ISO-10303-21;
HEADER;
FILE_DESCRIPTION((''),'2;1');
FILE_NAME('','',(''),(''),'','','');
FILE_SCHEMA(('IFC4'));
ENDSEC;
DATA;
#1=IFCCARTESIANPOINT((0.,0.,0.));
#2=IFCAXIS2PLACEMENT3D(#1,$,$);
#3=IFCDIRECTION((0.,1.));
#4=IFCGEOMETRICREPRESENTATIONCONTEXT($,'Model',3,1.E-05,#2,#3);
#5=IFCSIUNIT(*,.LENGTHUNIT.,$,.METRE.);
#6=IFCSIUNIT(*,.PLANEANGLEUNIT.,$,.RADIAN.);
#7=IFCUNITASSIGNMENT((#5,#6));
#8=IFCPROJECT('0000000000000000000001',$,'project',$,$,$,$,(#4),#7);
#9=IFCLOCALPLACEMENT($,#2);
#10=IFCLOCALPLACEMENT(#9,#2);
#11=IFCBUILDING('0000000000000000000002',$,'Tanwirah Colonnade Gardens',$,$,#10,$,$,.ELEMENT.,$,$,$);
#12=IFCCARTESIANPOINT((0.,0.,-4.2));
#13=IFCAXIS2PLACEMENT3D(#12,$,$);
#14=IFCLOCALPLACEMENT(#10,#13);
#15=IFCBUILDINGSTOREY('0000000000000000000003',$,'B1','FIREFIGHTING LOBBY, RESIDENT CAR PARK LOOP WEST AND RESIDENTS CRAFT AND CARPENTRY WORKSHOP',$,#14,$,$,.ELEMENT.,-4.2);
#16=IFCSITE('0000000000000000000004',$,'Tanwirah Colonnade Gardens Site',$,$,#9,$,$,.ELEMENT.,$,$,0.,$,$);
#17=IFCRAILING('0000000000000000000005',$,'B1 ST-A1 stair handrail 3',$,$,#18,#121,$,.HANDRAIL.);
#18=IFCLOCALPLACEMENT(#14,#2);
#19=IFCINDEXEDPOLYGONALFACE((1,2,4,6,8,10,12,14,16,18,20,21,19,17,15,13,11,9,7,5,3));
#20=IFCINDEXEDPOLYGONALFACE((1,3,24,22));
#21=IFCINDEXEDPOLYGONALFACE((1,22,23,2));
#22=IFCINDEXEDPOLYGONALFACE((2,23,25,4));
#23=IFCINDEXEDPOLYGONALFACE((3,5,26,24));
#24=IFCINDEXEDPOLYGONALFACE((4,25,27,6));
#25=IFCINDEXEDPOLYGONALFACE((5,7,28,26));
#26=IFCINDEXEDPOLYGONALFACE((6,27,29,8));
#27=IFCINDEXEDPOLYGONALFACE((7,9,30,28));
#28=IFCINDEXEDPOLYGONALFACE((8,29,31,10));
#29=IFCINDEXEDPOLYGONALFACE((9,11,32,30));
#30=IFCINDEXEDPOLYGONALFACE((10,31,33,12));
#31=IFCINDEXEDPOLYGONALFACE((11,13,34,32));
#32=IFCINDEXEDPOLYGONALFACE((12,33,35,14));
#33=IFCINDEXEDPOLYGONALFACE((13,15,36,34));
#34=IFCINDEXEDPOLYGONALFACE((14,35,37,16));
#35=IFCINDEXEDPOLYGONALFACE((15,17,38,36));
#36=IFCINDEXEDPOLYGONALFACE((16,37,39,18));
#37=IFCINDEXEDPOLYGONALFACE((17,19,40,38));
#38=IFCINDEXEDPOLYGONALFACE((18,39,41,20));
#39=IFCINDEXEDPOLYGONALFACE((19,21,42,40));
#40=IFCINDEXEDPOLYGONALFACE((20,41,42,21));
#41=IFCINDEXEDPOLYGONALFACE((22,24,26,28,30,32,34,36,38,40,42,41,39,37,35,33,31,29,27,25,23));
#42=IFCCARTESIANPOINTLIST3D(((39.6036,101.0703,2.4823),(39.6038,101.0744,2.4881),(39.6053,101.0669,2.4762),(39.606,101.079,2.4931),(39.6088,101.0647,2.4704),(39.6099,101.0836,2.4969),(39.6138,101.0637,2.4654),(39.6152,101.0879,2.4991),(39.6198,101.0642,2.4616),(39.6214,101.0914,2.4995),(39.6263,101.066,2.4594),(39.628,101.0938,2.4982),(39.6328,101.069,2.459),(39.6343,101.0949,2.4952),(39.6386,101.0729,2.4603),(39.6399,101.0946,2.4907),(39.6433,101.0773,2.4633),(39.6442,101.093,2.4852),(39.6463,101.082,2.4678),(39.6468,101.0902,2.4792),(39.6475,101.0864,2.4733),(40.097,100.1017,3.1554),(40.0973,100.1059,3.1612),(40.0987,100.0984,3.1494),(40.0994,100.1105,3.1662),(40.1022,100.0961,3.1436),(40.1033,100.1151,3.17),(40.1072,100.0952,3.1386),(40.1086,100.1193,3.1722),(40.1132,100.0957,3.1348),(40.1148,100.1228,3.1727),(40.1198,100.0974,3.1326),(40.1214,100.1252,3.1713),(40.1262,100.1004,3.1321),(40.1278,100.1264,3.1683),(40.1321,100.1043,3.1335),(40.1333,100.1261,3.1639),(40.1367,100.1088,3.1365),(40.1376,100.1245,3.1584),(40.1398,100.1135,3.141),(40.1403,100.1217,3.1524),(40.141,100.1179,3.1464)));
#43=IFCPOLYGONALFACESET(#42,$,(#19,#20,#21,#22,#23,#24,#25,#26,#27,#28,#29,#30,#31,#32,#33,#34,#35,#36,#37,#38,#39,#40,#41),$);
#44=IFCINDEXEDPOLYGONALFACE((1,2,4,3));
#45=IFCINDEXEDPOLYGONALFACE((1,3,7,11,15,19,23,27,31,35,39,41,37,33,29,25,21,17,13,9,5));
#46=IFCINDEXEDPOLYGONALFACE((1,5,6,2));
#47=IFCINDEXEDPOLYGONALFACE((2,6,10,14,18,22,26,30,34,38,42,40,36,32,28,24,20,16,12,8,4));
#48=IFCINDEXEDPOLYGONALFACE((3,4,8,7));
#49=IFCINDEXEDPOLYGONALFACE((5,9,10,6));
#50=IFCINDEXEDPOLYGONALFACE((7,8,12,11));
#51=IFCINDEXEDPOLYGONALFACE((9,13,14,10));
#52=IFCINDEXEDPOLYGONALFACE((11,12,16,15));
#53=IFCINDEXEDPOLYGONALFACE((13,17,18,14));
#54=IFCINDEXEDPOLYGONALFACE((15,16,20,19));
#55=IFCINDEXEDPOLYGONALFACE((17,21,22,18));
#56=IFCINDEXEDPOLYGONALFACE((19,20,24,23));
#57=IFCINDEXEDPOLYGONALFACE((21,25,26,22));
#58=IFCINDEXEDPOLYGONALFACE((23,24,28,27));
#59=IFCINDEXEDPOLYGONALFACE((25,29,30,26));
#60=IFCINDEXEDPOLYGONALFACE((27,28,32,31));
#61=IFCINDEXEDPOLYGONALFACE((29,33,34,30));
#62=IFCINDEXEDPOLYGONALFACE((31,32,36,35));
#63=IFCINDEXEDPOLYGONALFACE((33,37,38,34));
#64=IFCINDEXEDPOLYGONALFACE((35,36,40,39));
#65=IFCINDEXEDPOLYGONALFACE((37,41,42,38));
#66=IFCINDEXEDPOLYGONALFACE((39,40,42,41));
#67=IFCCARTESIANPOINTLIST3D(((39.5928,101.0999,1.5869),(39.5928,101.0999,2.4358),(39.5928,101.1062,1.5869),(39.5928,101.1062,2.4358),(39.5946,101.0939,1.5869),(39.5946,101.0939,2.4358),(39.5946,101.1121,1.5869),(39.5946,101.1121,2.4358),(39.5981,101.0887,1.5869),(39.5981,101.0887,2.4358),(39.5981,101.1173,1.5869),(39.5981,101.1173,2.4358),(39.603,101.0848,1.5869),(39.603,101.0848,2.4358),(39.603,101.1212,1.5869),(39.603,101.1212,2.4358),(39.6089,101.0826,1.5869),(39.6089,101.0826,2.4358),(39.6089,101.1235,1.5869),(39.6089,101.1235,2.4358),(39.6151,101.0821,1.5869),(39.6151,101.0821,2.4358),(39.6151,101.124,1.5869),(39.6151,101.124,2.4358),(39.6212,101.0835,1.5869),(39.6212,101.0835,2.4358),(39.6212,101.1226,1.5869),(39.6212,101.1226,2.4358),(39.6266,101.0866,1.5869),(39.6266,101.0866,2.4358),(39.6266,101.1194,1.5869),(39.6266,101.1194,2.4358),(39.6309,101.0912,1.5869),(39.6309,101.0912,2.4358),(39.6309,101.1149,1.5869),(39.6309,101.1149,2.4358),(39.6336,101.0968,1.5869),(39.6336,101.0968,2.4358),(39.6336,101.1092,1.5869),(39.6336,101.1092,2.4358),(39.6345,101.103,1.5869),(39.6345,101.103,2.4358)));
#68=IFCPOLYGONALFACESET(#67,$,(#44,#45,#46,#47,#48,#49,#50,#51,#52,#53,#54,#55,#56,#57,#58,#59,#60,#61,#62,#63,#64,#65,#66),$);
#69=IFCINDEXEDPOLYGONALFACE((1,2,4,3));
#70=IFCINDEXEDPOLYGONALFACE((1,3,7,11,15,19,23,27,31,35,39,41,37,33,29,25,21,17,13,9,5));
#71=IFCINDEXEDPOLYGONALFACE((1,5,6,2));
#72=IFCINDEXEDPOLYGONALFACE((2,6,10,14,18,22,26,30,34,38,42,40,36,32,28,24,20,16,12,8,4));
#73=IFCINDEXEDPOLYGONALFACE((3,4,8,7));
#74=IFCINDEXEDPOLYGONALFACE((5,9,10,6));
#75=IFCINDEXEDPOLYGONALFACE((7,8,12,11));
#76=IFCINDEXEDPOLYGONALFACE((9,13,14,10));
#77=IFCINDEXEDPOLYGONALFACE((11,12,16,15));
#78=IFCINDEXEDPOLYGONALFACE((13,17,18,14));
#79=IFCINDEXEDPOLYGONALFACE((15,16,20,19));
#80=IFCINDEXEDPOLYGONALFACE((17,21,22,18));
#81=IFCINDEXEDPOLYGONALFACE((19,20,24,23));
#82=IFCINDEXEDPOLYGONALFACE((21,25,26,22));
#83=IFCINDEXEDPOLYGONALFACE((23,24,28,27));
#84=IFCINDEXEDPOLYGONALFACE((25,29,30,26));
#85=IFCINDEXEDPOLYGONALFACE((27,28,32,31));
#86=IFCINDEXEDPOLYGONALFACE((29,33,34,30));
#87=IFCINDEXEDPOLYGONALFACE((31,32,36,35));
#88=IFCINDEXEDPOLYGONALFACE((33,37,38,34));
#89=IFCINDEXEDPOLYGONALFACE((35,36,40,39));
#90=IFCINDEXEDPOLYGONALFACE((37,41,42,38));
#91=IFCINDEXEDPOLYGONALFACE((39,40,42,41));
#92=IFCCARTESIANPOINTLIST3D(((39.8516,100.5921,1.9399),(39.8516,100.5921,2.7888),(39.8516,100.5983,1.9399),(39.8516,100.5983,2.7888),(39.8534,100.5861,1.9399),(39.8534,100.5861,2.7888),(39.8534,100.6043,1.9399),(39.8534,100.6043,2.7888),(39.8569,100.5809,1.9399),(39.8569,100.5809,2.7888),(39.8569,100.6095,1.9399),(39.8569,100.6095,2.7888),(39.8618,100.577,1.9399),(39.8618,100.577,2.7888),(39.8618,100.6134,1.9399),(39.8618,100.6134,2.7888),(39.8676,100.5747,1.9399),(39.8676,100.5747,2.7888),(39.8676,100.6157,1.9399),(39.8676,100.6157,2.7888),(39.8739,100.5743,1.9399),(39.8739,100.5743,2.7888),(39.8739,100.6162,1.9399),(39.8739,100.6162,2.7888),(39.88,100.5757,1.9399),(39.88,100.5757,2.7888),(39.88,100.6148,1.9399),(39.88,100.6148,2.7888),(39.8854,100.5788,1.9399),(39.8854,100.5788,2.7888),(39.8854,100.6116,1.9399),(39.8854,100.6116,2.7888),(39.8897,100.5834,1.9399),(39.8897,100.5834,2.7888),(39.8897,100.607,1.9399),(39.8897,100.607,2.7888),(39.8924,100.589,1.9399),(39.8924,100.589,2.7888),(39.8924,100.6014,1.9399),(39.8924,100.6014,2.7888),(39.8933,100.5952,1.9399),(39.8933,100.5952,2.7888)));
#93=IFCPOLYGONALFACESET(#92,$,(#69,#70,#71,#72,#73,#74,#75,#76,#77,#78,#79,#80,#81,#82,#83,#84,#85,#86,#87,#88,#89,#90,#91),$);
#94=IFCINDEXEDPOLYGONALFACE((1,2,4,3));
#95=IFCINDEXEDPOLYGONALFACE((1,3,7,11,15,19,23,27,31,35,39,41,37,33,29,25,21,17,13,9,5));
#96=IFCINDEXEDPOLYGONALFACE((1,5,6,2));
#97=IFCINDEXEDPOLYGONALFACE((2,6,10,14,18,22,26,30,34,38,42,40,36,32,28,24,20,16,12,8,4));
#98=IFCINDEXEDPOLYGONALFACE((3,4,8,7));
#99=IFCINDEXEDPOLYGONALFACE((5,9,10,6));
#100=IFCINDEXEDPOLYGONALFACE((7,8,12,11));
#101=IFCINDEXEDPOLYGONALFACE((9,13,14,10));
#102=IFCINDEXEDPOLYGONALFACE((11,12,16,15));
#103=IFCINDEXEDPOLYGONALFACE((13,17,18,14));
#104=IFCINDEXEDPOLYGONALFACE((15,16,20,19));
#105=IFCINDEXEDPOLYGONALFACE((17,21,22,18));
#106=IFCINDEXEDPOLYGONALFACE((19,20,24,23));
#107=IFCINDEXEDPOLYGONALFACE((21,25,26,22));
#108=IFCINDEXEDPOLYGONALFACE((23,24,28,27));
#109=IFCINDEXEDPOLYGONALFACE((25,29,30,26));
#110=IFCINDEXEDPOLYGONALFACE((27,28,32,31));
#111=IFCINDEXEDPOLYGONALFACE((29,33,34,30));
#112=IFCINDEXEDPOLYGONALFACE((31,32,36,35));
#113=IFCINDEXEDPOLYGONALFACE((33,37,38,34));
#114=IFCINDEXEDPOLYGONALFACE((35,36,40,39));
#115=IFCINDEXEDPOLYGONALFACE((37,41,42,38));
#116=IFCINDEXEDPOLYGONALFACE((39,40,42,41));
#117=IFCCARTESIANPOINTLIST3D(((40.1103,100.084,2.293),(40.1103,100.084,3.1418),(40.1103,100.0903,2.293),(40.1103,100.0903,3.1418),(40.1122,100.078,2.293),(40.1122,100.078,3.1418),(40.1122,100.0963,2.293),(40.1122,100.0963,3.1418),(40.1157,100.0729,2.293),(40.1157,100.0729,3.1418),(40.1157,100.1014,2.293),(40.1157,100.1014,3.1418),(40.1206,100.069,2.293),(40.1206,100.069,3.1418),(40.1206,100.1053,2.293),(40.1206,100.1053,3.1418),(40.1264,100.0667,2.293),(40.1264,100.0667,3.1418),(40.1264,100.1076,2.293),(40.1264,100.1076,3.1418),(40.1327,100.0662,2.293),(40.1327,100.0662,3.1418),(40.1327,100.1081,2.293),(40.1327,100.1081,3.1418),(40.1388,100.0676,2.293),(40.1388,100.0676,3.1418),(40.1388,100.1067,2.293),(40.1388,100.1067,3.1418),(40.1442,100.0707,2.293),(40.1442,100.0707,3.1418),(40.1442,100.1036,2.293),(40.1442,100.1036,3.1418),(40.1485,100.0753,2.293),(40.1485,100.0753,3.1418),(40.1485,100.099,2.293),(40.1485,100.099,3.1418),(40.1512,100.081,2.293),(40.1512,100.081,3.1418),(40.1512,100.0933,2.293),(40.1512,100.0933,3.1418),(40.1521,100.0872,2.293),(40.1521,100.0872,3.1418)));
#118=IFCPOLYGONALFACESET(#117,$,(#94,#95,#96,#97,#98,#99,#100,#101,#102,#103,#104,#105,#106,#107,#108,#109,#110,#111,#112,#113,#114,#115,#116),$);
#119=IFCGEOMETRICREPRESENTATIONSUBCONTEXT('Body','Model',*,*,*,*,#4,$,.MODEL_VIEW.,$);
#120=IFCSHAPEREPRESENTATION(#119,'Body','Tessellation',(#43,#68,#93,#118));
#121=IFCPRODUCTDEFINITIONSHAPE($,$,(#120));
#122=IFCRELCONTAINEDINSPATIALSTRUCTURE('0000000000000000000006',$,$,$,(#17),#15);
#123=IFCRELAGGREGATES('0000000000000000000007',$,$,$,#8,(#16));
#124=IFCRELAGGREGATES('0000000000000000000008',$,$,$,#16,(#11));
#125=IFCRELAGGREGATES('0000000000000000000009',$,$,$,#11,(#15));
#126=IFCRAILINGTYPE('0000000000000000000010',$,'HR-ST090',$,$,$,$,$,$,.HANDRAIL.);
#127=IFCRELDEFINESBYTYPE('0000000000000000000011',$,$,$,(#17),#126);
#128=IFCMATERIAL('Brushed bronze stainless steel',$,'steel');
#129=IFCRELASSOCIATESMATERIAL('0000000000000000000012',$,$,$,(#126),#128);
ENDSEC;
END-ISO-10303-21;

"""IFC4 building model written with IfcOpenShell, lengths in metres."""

from ifc_helpers import new_model, si_unit, direction, frame, origin, origin_2d, place, context, subcontext, project, spatial, circle, extrude, material, type_object, element, save


model = new_model("IFC4")

# Units and contexts
model_context = context("Model", 3, precision=1e-05, world=origin(), true_north=direction((0.0, 1.0)))
body_context = subcontext(model_context, "Body", "Model", "MODEL_VIEW")
ifc_project = project(units=[si_unit("LENGTHUNIT", "METRE"), si_unit("PLANEANGLEUNIT", "RADIAN")], contexts=[model_context])

# Site, building, storey
site_placement = place(None, origin())
site = spatial("IfcSite", under=ifc_project, at=site_placement, Name="Tanwirah Colonnade Gardens Site", CompositionType="ELEMENT", RefElevation=0.0)
building_placement = place(site_placement, origin())
building = spatial("IfcBuilding", under=site, at=building_placement, Name="Tanwirah Colonnade Gardens", CompositionType="ELEMENT")
storey_placement = place(building_placement, frame((0.0, 0.0, -4.2)))
storey = spatial("IfcBuildingStorey", under=building, at=storey_placement, Name="B1", Description="FIREFIGHTING LOBBY, RESIDENT CAR PARK LOOP WEST AND RESIDENTS CRAFT AND CARPENTRY WORKSHOP", CompositionType="ELEMENT", Elevation=-4.2)

# Railing
ifc_material_1 = material(Name="Brushed bronze stainless steel", Category="steel")
railing_type_1 = type_object("IfcRailingType", Name="HR-ST090", PredefinedType="HANDRAIL", material=ifc_material_1)
railing_1_placement = place(storey_placement, frame((39.6135, 101.103, 1.5869)))
element("IfcRailing", 1, at=railing_1_placement, inside=storey, type_object=railing_type_1, Name="B1 ST-A1 stair handrail 3", PredefinedType="HANDRAIL", context=body_context, shape_type="SweptSolid", body=[
    extrude(circle(Radius=0.0239, at=origin_2d()), frame((0.012, -0.0237, 0.8923), z_axis=(0.385953, -0.757523, 0.526498), x_axis=(0.891018, 0.453967, 0.0)), (0.0, 0.0, 1.0), 1.2786),
    extrude(circle(Radius=0.021, at=origin_2d()), origin(), (0.0, 0.0, 1.0), 0.8489),
    extrude(circle(Radius=0.021, at=origin_2d()), frame((0.2588, -0.5078, 0.353)), (0.0, 0.0, 1.0), 0.8489),
    extrude(circle(Radius=0.021, at=origin_2d()), frame((0.5176, -1.0159, 0.7061)), (0.0, 0.0, 1.0), 0.8489),
])

save(model, "model.ifc")
